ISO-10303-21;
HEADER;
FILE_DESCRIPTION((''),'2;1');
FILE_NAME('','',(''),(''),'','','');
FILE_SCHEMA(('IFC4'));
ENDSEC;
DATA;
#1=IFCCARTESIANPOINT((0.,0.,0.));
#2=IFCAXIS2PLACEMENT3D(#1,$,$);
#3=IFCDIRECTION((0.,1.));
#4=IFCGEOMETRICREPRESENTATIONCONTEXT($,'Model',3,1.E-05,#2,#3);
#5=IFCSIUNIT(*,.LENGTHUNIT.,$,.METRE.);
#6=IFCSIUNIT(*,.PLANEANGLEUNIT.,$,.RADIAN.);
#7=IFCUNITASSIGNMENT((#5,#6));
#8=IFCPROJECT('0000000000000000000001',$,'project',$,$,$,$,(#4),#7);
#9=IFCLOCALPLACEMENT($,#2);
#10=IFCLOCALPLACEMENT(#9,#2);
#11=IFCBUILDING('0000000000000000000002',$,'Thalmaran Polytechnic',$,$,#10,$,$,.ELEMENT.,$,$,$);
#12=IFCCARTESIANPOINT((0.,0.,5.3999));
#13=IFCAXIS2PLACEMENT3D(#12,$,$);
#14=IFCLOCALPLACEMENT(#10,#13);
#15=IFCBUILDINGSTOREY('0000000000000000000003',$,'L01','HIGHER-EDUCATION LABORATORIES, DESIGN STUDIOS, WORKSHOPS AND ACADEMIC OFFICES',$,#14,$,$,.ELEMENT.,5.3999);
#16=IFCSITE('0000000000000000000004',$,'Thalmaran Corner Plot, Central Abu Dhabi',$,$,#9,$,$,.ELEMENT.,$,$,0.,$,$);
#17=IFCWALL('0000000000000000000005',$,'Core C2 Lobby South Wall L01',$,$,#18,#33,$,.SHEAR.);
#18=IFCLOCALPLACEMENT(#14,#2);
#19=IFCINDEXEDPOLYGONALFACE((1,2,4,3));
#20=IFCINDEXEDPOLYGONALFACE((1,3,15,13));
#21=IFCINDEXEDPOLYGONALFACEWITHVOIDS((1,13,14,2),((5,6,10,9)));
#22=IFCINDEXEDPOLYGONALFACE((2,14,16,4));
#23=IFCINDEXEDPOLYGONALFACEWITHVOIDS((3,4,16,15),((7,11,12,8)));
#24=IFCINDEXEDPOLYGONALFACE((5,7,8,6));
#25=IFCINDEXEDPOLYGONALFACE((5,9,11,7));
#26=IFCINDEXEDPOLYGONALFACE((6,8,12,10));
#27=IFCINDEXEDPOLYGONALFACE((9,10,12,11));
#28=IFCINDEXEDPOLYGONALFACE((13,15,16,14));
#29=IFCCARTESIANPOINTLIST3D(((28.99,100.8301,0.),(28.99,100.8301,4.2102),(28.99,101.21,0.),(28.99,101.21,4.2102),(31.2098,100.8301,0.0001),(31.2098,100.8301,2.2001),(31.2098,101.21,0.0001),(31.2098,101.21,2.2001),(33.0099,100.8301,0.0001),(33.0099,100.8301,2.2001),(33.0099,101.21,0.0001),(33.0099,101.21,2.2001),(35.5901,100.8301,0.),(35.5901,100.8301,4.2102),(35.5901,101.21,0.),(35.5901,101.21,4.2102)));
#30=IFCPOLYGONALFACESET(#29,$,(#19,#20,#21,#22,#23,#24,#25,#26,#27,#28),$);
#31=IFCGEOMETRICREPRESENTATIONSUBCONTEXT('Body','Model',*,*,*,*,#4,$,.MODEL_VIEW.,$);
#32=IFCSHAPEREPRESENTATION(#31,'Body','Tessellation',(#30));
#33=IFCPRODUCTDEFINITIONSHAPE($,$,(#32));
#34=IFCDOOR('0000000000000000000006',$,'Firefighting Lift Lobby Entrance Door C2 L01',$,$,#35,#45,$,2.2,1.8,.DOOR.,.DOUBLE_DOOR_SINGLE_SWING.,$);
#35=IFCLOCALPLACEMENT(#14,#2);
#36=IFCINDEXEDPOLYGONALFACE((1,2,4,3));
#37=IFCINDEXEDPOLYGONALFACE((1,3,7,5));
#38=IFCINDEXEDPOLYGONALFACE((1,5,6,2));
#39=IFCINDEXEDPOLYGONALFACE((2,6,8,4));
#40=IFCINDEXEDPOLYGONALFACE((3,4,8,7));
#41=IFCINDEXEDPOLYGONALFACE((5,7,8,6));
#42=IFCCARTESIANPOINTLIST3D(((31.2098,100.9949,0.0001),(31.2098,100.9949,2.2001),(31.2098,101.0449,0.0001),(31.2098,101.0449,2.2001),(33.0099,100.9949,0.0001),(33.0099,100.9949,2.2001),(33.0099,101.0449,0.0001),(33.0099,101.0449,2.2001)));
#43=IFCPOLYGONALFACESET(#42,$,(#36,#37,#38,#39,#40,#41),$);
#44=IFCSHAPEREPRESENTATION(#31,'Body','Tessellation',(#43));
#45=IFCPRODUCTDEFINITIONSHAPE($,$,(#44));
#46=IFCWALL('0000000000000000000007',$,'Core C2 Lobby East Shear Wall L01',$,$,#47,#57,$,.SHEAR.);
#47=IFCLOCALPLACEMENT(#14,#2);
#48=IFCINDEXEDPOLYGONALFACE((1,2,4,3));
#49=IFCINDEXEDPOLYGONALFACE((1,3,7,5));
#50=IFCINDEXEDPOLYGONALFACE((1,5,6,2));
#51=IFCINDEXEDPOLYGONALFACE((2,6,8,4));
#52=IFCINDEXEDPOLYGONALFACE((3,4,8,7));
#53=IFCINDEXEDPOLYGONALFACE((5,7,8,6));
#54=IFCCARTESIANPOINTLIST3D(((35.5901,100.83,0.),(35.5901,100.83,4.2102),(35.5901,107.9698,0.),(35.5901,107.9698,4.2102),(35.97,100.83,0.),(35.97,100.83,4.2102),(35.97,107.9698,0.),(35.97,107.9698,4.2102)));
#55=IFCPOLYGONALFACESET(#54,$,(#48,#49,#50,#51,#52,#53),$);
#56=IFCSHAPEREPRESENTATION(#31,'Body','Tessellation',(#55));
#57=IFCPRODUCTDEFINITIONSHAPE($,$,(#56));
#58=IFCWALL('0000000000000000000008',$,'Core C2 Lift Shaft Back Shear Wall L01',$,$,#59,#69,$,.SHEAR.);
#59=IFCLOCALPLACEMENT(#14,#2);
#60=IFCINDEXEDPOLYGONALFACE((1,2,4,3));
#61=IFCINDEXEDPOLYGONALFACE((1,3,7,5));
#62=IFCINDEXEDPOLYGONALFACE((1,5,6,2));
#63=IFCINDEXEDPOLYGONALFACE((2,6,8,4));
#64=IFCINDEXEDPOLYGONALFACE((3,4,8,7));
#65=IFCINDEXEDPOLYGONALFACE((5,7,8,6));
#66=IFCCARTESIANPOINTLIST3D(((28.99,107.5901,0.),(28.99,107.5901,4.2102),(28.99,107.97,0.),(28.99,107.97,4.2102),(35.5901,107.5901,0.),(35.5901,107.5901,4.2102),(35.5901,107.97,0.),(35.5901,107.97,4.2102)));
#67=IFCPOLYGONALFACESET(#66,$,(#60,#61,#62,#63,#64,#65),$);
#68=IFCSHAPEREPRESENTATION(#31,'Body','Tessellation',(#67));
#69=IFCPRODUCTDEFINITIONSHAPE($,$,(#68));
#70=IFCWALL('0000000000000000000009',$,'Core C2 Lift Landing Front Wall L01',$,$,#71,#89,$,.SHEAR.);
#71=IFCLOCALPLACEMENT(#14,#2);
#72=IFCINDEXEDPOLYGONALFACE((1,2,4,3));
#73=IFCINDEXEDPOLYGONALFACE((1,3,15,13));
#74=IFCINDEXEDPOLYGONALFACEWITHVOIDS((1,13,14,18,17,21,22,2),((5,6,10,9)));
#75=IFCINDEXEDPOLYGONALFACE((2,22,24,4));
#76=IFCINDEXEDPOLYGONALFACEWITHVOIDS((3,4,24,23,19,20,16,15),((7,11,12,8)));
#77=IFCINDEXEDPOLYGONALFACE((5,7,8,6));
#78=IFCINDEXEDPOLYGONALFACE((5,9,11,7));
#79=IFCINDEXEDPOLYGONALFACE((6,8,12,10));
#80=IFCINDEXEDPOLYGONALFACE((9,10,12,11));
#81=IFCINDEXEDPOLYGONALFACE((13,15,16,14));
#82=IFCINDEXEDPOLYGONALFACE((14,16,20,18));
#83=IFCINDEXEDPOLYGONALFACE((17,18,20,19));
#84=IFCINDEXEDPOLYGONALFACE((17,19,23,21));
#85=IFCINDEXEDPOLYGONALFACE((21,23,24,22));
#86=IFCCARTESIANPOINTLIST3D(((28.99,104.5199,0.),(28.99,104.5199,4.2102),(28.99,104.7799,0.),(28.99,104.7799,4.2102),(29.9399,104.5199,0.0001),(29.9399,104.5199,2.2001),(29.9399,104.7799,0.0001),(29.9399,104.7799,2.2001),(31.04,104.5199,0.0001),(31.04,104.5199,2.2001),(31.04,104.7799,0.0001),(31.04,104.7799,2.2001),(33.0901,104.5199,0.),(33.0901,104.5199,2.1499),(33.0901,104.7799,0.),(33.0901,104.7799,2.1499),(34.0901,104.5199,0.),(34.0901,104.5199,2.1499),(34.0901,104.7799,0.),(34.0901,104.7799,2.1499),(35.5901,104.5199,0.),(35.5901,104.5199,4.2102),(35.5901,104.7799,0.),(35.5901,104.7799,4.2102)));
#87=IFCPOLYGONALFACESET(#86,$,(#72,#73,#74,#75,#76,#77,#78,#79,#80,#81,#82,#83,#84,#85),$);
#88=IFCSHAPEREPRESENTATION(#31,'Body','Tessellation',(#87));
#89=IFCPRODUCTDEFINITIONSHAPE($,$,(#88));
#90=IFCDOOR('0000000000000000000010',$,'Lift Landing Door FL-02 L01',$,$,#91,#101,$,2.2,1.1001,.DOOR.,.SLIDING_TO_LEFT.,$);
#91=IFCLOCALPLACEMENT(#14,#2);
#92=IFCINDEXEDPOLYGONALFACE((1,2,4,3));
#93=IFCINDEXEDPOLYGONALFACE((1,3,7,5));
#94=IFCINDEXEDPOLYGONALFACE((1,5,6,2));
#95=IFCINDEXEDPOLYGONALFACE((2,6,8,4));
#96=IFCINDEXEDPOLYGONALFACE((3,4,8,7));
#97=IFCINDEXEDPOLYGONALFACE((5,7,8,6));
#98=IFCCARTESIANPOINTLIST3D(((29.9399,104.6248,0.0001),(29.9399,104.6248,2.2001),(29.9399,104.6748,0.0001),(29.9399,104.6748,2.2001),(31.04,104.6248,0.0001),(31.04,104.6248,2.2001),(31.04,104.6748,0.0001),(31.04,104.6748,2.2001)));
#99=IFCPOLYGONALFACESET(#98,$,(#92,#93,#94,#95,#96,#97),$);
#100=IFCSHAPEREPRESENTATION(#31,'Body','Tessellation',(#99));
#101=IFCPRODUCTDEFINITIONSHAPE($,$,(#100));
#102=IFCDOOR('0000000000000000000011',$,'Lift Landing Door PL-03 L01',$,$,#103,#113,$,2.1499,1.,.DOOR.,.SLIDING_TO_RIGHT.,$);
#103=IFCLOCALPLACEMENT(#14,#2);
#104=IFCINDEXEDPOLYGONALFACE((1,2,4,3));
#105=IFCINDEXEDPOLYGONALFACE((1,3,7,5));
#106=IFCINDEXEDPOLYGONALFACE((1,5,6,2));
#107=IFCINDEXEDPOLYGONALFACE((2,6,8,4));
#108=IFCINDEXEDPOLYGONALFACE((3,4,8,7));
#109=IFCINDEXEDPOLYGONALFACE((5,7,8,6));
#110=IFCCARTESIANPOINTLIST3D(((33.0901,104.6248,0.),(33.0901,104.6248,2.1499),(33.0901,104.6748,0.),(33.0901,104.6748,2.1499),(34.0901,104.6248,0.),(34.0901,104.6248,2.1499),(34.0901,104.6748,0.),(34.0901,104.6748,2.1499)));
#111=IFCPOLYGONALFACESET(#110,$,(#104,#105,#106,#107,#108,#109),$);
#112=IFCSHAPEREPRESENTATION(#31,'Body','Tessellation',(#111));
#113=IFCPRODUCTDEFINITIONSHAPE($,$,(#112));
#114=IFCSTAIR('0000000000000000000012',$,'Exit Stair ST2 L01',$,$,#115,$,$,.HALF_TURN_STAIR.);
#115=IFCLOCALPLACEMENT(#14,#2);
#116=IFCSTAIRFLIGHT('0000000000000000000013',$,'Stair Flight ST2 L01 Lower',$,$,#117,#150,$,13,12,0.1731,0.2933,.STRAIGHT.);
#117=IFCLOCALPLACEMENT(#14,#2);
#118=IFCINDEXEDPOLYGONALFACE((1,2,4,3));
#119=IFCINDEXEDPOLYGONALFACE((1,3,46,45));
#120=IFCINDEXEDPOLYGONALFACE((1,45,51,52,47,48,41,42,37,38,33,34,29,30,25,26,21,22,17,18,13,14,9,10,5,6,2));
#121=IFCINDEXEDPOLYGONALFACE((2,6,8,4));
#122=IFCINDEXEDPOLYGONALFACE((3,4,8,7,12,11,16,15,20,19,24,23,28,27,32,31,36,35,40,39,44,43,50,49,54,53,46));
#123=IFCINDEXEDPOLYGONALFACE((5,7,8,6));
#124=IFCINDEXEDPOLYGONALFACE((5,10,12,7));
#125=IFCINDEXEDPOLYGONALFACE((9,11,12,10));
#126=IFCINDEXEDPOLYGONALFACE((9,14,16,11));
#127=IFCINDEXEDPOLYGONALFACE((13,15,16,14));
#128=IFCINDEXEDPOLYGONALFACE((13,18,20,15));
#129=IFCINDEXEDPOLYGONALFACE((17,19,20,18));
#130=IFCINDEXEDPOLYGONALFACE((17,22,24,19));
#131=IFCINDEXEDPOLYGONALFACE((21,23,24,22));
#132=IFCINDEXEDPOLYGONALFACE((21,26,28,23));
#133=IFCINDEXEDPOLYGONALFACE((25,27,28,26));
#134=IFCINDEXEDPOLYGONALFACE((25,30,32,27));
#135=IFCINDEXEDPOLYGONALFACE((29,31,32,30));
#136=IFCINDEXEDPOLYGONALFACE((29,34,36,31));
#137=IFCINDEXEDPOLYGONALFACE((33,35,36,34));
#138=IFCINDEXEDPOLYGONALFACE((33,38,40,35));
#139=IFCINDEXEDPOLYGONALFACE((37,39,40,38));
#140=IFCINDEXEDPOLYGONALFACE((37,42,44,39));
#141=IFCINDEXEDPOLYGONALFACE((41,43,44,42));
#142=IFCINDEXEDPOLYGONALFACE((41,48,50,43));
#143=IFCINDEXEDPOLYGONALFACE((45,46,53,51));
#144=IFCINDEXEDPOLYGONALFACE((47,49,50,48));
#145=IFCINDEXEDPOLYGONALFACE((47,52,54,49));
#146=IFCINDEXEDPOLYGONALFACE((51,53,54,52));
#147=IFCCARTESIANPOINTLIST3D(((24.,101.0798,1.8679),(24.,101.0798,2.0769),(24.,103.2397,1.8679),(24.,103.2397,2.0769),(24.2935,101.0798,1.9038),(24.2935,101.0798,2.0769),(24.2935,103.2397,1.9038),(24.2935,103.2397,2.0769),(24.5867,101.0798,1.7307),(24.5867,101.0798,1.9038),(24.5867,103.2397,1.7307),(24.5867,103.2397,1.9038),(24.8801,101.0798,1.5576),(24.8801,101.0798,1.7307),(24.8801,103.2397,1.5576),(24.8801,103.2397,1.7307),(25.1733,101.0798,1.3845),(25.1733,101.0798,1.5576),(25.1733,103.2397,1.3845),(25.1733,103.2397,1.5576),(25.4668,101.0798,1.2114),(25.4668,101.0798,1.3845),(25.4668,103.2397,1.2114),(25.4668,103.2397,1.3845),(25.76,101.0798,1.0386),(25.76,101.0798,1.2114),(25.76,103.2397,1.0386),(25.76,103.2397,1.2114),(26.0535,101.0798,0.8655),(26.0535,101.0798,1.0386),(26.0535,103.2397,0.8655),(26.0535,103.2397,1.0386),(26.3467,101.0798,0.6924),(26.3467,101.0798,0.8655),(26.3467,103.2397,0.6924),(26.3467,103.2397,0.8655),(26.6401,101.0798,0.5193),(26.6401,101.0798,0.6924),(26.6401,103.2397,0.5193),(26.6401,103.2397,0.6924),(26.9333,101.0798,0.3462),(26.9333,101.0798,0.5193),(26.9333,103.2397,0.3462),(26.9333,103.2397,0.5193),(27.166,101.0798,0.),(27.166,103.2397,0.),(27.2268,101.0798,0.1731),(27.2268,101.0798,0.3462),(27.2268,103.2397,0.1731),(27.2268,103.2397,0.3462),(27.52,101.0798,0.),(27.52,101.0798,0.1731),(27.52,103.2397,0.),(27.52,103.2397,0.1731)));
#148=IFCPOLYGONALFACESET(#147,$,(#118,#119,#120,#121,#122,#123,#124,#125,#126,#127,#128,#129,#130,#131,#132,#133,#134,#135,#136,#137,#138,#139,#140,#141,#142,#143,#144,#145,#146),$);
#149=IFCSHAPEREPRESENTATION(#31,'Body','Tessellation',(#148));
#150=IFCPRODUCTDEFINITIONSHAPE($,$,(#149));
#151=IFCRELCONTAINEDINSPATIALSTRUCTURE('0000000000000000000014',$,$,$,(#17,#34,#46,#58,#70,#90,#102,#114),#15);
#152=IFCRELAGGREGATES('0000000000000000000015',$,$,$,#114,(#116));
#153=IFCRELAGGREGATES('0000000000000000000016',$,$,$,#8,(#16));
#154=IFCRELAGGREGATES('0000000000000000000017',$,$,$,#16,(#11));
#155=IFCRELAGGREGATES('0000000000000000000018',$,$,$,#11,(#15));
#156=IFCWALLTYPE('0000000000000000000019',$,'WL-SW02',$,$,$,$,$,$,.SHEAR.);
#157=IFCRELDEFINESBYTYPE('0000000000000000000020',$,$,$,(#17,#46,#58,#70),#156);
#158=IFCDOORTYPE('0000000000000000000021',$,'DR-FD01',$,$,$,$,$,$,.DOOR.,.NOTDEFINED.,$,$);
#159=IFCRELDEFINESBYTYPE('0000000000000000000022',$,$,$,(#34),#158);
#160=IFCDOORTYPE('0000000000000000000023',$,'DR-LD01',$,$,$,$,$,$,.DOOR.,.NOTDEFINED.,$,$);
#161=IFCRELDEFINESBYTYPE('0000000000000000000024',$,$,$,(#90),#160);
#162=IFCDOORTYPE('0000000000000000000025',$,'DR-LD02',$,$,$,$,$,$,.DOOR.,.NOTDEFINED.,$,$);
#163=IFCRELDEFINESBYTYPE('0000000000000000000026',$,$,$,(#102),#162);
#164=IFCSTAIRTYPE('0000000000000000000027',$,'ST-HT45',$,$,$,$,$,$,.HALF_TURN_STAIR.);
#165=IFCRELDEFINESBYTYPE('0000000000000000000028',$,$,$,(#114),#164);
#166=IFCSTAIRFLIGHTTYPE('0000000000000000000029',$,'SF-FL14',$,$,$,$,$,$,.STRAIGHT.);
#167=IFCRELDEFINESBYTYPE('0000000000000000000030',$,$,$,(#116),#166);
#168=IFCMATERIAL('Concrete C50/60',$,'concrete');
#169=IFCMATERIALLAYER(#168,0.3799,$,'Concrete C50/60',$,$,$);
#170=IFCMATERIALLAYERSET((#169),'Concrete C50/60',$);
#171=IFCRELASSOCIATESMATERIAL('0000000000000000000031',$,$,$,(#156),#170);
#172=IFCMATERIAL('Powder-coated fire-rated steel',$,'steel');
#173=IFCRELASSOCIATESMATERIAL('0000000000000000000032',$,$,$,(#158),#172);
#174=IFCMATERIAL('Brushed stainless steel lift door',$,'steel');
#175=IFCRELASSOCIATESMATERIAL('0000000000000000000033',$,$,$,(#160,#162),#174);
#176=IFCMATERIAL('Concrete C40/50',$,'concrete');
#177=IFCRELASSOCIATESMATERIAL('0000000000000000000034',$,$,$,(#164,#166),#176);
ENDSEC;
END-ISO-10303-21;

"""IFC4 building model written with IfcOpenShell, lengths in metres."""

from ifc_helpers import new_model, si_unit, direction, frame, frame_2d, origin, place, context, subcontext, project, spatial, polyline, rectangle, outline, extrude, material, layer, layer_set, type_object, element, fill, aggregate, save


model = new_model("IFC4")

# Units and contexts
model_context = context("Model", 3, precision=1e-05, world=origin(), true_north=direction((0.0, 1.0)))
body_context = subcontext(model_context, "Body", "Model", "MODEL_VIEW")
ifc_project = project(units=[si_unit("LENGTHUNIT", "METRE"), si_unit("PLANEANGLEUNIT", "RADIAN")], contexts=[model_context])

# Site, building, storey
site_placement = place(None, origin())
site = spatial("IfcSite", under=ifc_project, at=site_placement, Name="Thalmaran Corner Plot, Central Abu Dhabi", CompositionType="ELEMENT", RefElevation=0.0)
building_placement = place(site_placement, origin())
building = spatial("IfcBuilding", under=site, at=building_placement, Name="Thalmaran Polytechnic", CompositionType="ELEMENT")
storey_placement = place(building_placement, frame((0.0, 0.0, 5.3999)))
storey = spatial("IfcBuildingStorey", under=building, at=storey_placement, Name="L01", Description="HIGHER-EDUCATION LABORATORIES, DESIGN STUDIOS, WORKSHOPS AND ACADEMIC OFFICES", CompositionType="ELEMENT", Elevation=5.3999)

# Shared definitions
ifc_material_1 = material(Name="Concrete C50/60", Category="concrete")

# Shared definitions
ifc_material_2 = material(Name="Concrete C40/50", Category="concrete")

# Wall, opening, door
ifc_layer_1 = layer(ifc_material_1, 0.3799, Name="Concrete C50/60")
ifc_layer_set_1 = layer_set([ifc_layer_1], Name="Concrete C50/60")
wall_type_1 = type_object("IfcWallType", Name="WL-SW02", PredefinedType="SHEAR", material=ifc_layer_set_1)
ifc_material_3 = material(Name="Powder-coated fire-rated steel", Category="steel")
wall_1_placement = place(storey_placement, frame((28.99, 101.02, 0.0), z_axis=(0.0, 0.0, 1.0), x_axis=(1.0, 0.0, 0.0)))
wall_1 = element("IfcWall", 1, at=wall_1_placement, inside=storey, type_object=wall_type_1, Name="Core C2 Lobby South Wall L01", PredefinedType="SHEAR", context=body_context, shape_type="SweptSolid", body=[
    extrude(rectangle(XDim=6.6001, YDim=0.3799, at=frame_2d((3.3, 0.0))), origin(), (0.0, 0.0, 1.0), 4.2102),
])
opening_1_placement = place(wall_1_placement, frame((2.22, 0.0, 0.0)))
opening_1 = element("IfcOpeningElement", 2, at=opening_1_placement, cuts=wall_1, PredefinedType="OPENING", context=body_context, shape_type="SweptSolid", body=[
    extrude(rectangle(XDim=1.8, YDim=2.2, at=frame_2d((0.8999, 1.1001))), frame((0.0, 0.2, 0.0), z_axis=(0.0, -1.0, 0.0), x_axis=(1.0, 0.0, 0.0)), (0.0, 0.0, 1.0), 0.3999),
])
door_type_1 = type_object("IfcDoorType", Name="DR-FD01", OperationType="NOTDEFINED", PredefinedType="DOOR", material=ifc_material_3)
door_1_placement = place(opening_1_placement, origin())
door_1 = element("IfcDoor", 3, at=door_1_placement, inside=storey, type_object=door_type_1, Name="Firefighting Lift Lobby Entrance Door C2 L01", OperationType="DOUBLE_DOOR_SINGLE_SWING", OverallHeight=2.2, OverallWidth=1.8, PredefinedType="DOOR", context=body_context, shape_type="SweptSolid", body=[
    extrude(rectangle(XDim=1.8, YDim=2.2, at=frame_2d((0.8999, 1.1001))), frame((0.0, 0.0249, 0.0), z_axis=(0.0, -1.0, 0.0), x_axis=(1.0, 0.0, 0.0)), (0.0, 0.0, 1.0), 0.05),
])
fill(opening_1, door_1)

# Walls
wall_2_placement = place(storey_placement, frame((35.78, 100.8301, 0.0), z_axis=(0.0, 0.0, 1.0), x_axis=(0.0, 1.0, 0.0)))
element("IfcWall", 4, at=wall_2_placement, inside=storey, type_object=wall_type_1, Name="Core C2 Lobby East Shear Wall L01", PredefinedType="SHEAR", context=body_context, shape_type="SweptSolid", body=[
    extrude(rectangle(XDim=7.1399, YDim=0.3799, at=frame_2d((3.5698, 0.0))), origin(), (0.0, 0.0, 1.0), 4.2102),
])
wall_3_placement = place(storey_placement, frame((28.99, 107.78, 0.0), z_axis=(0.0, 0.0, 1.0), x_axis=(1.0, 0.0, 0.0)))
element("IfcWall", 5, at=wall_3_placement, inside=storey, type_object=wall_type_1, Name="Core C2 Lift Shaft Back Shear Wall L01", PredefinedType="SHEAR", context=body_context, shape_type="SweptSolid", body=[
    extrude(rectangle(XDim=6.6001, YDim=0.3799, at=frame_2d((3.3, 0.0))), origin(), (0.0, 0.0, 1.0), 4.2102),
])

# Wall, openings, doors
wall_4_placement = place(storey_placement, frame((28.99, 104.6499, 0.0), z_axis=(0.0, 0.0, 1.0), x_axis=(1.0, 0.0, 0.0)))
wall_4 = element("IfcWall", 6, at=wall_4_placement, inside=storey, type_object=wall_type_1, Name="Core C2 Lift Landing Front Wall L01", PredefinedType="SHEAR", context=body_context, shape_type="SweptSolid", body=[
    extrude(rectangle(XDim=6.6001, YDim=0.26, at=frame_2d((3.3, 0.0))), origin(), (0.0, 0.0, 1.0), 4.2102),
])
opening_2_placement = place(wall_4_placement, frame((0.95, 0.0, 0.0)))
opening_2 = element("IfcOpeningElement", 7, at=opening_2_placement, cuts=wall_4, PredefinedType="OPENING", context=body_context, shape_type="SweptSolid", body=[
    extrude(rectangle(XDim=1.1001, YDim=2.2, at=frame_2d((0.55, 1.1001))), frame((0.0, 0.1399, 0.0), z_axis=(0.0, -1.0, 0.0), x_axis=(1.0, 0.0, 0.0)), (0.0, 0.0, 1.0), 0.28),
])
opening_3_placement = place(wall_4_placement, frame((4.1001, 0.0, 0.0)))
opening_3 = element("IfcOpeningElement", 8, at=opening_3_placement, cuts=wall_4, PredefinedType="OPENING", context=body_context, shape_type="SweptSolid", body=[
    extrude(rectangle(XDim=1.0, YDim=2.1499, at=frame_2d((0.5, 1.075))), frame((0.0, 0.1399, 0.0), z_axis=(0.0, -1.0, 0.0), x_axis=(1.0, 0.0, 0.0)), (0.0, 0.0, 1.0), 0.28),
])
ifc_material_4 = material(Name="Brushed stainless steel lift door", Category="steel")
door_type_2 = type_object("IfcDoorType", Name="DR-LD01", OperationType="NOTDEFINED", PredefinedType="DOOR", material=ifc_material_4)
door_2_placement = place(opening_2_placement, origin())
door_2 = element("IfcDoor", 9, at=door_2_placement, inside=storey, type_object=door_type_2, Name="Lift Landing Door FL-02 L01", OperationType="SLIDING_TO_LEFT", OverallHeight=2.2, OverallWidth=1.1001, PredefinedType="DOOR", context=body_context, shape_type="SweptSolid", body=[
    extrude(rectangle(XDim=1.1001, YDim=2.2, at=frame_2d((0.55, 1.1001))), frame((0.0, 0.0249, 0.0), z_axis=(0.0, -1.0, 0.0), x_axis=(1.0, 0.0, 0.0)), (0.0, 0.0, 1.0), 0.05),
])
fill(opening_2, door_2)
door_type_3 = type_object("IfcDoorType", Name="DR-LD02", OperationType="NOTDEFINED", PredefinedType="DOOR", material=ifc_material_4)
door_3_placement = place(opening_3_placement, origin())
door_3 = element("IfcDoor", 10, at=door_3_placement, inside=storey, type_object=door_type_3, Name="Lift Landing Door PL-03 L01", OperationType="SLIDING_TO_RIGHT", OverallHeight=2.1499, OverallWidth=1.0, PredefinedType="DOOR", context=body_context, shape_type="SweptSolid", body=[
    extrude(rectangle(XDim=1.0, YDim=2.1499, at=frame_2d((0.5, 1.075))), frame((0.0, 0.0249, 0.0), z_axis=(0.0, -1.0, 0.0), x_axis=(1.0, 0.0, 0.0)), (0.0, 0.0, 1.0), 0.05),
])
fill(opening_3, door_3)

# Stair, stair flight
stair_type = type_object("IfcStairType", Name="ST-HT45", PredefinedType="HALF_TURN_STAIR", material=ifc_material_2)
stair_placement = place(storey_placement, origin())
stair = element("IfcStair", 11, at=stair_placement, inside=storey, type_object=stair_type, Name="Exit Stair ST2 L01", PredefinedType="HALF_TURN_STAIR")
stair_flight_type = type_object("IfcStairFlightType", Name="SF-FL14", PredefinedType="STRAIGHT", material=ifc_material_2)
stair_flight_placement = place(storey_placement, frame((27.52, 102.1599, 0.0), z_axis=(0.0, 0.0, 1.0), x_axis=(-1.0, 0.0, 0.0)))
stair_flight = element("IfcStairFlight", 12, at=stair_flight_placement, type_object=stair_flight_type, Name="Stair Flight ST2 L01 Lower", NumberOfRisers=13, NumberOfTreads=12, PredefinedType="STRAIGHT", RiserHeight=0.1731, TreadLength=0.2933, context=body_context, shape_type="SweptSolid", body=[
    extrude(outline(polyline([(0.0, 0.0), (0.0, 0.1731), (0.2932, 0.1731), (0.2932, 0.3462), (0.5867, 0.3462), (0.5867, 0.5193), (0.8799, 0.5193), (0.8799, 0.6924), (1.1733, 0.6924), (1.1733, 0.8655), (1.4666, 0.8655), (1.4666, 1.0386), (1.76, 1.0386), (1.76, 1.2114), (2.0532, 1.2114), (2.0532, 1.3845), (2.3467, 1.3845), (2.3467, 1.5576), (2.6399, 1.5576), (2.6399, 1.7307), (2.9333, 1.7307), (2.9333, 1.9038), (3.2266, 1.9038), (3.2266, 2.0769), (3.52, 2.0769), (3.52, 2.25), (3.52, 1.8679), (0.354, 0.0), (0.0, 0.0)])), frame((0.0, 1.0801, 0.0), z_axis=(0.0, -1.0, 0.0), x_axis=(1.0, 0.0, 0.0)), (0.0, 0.0, 1.0), 2.1599),
])
aggregate(stair, [stair_flight])

save(model, "model.ifc")
